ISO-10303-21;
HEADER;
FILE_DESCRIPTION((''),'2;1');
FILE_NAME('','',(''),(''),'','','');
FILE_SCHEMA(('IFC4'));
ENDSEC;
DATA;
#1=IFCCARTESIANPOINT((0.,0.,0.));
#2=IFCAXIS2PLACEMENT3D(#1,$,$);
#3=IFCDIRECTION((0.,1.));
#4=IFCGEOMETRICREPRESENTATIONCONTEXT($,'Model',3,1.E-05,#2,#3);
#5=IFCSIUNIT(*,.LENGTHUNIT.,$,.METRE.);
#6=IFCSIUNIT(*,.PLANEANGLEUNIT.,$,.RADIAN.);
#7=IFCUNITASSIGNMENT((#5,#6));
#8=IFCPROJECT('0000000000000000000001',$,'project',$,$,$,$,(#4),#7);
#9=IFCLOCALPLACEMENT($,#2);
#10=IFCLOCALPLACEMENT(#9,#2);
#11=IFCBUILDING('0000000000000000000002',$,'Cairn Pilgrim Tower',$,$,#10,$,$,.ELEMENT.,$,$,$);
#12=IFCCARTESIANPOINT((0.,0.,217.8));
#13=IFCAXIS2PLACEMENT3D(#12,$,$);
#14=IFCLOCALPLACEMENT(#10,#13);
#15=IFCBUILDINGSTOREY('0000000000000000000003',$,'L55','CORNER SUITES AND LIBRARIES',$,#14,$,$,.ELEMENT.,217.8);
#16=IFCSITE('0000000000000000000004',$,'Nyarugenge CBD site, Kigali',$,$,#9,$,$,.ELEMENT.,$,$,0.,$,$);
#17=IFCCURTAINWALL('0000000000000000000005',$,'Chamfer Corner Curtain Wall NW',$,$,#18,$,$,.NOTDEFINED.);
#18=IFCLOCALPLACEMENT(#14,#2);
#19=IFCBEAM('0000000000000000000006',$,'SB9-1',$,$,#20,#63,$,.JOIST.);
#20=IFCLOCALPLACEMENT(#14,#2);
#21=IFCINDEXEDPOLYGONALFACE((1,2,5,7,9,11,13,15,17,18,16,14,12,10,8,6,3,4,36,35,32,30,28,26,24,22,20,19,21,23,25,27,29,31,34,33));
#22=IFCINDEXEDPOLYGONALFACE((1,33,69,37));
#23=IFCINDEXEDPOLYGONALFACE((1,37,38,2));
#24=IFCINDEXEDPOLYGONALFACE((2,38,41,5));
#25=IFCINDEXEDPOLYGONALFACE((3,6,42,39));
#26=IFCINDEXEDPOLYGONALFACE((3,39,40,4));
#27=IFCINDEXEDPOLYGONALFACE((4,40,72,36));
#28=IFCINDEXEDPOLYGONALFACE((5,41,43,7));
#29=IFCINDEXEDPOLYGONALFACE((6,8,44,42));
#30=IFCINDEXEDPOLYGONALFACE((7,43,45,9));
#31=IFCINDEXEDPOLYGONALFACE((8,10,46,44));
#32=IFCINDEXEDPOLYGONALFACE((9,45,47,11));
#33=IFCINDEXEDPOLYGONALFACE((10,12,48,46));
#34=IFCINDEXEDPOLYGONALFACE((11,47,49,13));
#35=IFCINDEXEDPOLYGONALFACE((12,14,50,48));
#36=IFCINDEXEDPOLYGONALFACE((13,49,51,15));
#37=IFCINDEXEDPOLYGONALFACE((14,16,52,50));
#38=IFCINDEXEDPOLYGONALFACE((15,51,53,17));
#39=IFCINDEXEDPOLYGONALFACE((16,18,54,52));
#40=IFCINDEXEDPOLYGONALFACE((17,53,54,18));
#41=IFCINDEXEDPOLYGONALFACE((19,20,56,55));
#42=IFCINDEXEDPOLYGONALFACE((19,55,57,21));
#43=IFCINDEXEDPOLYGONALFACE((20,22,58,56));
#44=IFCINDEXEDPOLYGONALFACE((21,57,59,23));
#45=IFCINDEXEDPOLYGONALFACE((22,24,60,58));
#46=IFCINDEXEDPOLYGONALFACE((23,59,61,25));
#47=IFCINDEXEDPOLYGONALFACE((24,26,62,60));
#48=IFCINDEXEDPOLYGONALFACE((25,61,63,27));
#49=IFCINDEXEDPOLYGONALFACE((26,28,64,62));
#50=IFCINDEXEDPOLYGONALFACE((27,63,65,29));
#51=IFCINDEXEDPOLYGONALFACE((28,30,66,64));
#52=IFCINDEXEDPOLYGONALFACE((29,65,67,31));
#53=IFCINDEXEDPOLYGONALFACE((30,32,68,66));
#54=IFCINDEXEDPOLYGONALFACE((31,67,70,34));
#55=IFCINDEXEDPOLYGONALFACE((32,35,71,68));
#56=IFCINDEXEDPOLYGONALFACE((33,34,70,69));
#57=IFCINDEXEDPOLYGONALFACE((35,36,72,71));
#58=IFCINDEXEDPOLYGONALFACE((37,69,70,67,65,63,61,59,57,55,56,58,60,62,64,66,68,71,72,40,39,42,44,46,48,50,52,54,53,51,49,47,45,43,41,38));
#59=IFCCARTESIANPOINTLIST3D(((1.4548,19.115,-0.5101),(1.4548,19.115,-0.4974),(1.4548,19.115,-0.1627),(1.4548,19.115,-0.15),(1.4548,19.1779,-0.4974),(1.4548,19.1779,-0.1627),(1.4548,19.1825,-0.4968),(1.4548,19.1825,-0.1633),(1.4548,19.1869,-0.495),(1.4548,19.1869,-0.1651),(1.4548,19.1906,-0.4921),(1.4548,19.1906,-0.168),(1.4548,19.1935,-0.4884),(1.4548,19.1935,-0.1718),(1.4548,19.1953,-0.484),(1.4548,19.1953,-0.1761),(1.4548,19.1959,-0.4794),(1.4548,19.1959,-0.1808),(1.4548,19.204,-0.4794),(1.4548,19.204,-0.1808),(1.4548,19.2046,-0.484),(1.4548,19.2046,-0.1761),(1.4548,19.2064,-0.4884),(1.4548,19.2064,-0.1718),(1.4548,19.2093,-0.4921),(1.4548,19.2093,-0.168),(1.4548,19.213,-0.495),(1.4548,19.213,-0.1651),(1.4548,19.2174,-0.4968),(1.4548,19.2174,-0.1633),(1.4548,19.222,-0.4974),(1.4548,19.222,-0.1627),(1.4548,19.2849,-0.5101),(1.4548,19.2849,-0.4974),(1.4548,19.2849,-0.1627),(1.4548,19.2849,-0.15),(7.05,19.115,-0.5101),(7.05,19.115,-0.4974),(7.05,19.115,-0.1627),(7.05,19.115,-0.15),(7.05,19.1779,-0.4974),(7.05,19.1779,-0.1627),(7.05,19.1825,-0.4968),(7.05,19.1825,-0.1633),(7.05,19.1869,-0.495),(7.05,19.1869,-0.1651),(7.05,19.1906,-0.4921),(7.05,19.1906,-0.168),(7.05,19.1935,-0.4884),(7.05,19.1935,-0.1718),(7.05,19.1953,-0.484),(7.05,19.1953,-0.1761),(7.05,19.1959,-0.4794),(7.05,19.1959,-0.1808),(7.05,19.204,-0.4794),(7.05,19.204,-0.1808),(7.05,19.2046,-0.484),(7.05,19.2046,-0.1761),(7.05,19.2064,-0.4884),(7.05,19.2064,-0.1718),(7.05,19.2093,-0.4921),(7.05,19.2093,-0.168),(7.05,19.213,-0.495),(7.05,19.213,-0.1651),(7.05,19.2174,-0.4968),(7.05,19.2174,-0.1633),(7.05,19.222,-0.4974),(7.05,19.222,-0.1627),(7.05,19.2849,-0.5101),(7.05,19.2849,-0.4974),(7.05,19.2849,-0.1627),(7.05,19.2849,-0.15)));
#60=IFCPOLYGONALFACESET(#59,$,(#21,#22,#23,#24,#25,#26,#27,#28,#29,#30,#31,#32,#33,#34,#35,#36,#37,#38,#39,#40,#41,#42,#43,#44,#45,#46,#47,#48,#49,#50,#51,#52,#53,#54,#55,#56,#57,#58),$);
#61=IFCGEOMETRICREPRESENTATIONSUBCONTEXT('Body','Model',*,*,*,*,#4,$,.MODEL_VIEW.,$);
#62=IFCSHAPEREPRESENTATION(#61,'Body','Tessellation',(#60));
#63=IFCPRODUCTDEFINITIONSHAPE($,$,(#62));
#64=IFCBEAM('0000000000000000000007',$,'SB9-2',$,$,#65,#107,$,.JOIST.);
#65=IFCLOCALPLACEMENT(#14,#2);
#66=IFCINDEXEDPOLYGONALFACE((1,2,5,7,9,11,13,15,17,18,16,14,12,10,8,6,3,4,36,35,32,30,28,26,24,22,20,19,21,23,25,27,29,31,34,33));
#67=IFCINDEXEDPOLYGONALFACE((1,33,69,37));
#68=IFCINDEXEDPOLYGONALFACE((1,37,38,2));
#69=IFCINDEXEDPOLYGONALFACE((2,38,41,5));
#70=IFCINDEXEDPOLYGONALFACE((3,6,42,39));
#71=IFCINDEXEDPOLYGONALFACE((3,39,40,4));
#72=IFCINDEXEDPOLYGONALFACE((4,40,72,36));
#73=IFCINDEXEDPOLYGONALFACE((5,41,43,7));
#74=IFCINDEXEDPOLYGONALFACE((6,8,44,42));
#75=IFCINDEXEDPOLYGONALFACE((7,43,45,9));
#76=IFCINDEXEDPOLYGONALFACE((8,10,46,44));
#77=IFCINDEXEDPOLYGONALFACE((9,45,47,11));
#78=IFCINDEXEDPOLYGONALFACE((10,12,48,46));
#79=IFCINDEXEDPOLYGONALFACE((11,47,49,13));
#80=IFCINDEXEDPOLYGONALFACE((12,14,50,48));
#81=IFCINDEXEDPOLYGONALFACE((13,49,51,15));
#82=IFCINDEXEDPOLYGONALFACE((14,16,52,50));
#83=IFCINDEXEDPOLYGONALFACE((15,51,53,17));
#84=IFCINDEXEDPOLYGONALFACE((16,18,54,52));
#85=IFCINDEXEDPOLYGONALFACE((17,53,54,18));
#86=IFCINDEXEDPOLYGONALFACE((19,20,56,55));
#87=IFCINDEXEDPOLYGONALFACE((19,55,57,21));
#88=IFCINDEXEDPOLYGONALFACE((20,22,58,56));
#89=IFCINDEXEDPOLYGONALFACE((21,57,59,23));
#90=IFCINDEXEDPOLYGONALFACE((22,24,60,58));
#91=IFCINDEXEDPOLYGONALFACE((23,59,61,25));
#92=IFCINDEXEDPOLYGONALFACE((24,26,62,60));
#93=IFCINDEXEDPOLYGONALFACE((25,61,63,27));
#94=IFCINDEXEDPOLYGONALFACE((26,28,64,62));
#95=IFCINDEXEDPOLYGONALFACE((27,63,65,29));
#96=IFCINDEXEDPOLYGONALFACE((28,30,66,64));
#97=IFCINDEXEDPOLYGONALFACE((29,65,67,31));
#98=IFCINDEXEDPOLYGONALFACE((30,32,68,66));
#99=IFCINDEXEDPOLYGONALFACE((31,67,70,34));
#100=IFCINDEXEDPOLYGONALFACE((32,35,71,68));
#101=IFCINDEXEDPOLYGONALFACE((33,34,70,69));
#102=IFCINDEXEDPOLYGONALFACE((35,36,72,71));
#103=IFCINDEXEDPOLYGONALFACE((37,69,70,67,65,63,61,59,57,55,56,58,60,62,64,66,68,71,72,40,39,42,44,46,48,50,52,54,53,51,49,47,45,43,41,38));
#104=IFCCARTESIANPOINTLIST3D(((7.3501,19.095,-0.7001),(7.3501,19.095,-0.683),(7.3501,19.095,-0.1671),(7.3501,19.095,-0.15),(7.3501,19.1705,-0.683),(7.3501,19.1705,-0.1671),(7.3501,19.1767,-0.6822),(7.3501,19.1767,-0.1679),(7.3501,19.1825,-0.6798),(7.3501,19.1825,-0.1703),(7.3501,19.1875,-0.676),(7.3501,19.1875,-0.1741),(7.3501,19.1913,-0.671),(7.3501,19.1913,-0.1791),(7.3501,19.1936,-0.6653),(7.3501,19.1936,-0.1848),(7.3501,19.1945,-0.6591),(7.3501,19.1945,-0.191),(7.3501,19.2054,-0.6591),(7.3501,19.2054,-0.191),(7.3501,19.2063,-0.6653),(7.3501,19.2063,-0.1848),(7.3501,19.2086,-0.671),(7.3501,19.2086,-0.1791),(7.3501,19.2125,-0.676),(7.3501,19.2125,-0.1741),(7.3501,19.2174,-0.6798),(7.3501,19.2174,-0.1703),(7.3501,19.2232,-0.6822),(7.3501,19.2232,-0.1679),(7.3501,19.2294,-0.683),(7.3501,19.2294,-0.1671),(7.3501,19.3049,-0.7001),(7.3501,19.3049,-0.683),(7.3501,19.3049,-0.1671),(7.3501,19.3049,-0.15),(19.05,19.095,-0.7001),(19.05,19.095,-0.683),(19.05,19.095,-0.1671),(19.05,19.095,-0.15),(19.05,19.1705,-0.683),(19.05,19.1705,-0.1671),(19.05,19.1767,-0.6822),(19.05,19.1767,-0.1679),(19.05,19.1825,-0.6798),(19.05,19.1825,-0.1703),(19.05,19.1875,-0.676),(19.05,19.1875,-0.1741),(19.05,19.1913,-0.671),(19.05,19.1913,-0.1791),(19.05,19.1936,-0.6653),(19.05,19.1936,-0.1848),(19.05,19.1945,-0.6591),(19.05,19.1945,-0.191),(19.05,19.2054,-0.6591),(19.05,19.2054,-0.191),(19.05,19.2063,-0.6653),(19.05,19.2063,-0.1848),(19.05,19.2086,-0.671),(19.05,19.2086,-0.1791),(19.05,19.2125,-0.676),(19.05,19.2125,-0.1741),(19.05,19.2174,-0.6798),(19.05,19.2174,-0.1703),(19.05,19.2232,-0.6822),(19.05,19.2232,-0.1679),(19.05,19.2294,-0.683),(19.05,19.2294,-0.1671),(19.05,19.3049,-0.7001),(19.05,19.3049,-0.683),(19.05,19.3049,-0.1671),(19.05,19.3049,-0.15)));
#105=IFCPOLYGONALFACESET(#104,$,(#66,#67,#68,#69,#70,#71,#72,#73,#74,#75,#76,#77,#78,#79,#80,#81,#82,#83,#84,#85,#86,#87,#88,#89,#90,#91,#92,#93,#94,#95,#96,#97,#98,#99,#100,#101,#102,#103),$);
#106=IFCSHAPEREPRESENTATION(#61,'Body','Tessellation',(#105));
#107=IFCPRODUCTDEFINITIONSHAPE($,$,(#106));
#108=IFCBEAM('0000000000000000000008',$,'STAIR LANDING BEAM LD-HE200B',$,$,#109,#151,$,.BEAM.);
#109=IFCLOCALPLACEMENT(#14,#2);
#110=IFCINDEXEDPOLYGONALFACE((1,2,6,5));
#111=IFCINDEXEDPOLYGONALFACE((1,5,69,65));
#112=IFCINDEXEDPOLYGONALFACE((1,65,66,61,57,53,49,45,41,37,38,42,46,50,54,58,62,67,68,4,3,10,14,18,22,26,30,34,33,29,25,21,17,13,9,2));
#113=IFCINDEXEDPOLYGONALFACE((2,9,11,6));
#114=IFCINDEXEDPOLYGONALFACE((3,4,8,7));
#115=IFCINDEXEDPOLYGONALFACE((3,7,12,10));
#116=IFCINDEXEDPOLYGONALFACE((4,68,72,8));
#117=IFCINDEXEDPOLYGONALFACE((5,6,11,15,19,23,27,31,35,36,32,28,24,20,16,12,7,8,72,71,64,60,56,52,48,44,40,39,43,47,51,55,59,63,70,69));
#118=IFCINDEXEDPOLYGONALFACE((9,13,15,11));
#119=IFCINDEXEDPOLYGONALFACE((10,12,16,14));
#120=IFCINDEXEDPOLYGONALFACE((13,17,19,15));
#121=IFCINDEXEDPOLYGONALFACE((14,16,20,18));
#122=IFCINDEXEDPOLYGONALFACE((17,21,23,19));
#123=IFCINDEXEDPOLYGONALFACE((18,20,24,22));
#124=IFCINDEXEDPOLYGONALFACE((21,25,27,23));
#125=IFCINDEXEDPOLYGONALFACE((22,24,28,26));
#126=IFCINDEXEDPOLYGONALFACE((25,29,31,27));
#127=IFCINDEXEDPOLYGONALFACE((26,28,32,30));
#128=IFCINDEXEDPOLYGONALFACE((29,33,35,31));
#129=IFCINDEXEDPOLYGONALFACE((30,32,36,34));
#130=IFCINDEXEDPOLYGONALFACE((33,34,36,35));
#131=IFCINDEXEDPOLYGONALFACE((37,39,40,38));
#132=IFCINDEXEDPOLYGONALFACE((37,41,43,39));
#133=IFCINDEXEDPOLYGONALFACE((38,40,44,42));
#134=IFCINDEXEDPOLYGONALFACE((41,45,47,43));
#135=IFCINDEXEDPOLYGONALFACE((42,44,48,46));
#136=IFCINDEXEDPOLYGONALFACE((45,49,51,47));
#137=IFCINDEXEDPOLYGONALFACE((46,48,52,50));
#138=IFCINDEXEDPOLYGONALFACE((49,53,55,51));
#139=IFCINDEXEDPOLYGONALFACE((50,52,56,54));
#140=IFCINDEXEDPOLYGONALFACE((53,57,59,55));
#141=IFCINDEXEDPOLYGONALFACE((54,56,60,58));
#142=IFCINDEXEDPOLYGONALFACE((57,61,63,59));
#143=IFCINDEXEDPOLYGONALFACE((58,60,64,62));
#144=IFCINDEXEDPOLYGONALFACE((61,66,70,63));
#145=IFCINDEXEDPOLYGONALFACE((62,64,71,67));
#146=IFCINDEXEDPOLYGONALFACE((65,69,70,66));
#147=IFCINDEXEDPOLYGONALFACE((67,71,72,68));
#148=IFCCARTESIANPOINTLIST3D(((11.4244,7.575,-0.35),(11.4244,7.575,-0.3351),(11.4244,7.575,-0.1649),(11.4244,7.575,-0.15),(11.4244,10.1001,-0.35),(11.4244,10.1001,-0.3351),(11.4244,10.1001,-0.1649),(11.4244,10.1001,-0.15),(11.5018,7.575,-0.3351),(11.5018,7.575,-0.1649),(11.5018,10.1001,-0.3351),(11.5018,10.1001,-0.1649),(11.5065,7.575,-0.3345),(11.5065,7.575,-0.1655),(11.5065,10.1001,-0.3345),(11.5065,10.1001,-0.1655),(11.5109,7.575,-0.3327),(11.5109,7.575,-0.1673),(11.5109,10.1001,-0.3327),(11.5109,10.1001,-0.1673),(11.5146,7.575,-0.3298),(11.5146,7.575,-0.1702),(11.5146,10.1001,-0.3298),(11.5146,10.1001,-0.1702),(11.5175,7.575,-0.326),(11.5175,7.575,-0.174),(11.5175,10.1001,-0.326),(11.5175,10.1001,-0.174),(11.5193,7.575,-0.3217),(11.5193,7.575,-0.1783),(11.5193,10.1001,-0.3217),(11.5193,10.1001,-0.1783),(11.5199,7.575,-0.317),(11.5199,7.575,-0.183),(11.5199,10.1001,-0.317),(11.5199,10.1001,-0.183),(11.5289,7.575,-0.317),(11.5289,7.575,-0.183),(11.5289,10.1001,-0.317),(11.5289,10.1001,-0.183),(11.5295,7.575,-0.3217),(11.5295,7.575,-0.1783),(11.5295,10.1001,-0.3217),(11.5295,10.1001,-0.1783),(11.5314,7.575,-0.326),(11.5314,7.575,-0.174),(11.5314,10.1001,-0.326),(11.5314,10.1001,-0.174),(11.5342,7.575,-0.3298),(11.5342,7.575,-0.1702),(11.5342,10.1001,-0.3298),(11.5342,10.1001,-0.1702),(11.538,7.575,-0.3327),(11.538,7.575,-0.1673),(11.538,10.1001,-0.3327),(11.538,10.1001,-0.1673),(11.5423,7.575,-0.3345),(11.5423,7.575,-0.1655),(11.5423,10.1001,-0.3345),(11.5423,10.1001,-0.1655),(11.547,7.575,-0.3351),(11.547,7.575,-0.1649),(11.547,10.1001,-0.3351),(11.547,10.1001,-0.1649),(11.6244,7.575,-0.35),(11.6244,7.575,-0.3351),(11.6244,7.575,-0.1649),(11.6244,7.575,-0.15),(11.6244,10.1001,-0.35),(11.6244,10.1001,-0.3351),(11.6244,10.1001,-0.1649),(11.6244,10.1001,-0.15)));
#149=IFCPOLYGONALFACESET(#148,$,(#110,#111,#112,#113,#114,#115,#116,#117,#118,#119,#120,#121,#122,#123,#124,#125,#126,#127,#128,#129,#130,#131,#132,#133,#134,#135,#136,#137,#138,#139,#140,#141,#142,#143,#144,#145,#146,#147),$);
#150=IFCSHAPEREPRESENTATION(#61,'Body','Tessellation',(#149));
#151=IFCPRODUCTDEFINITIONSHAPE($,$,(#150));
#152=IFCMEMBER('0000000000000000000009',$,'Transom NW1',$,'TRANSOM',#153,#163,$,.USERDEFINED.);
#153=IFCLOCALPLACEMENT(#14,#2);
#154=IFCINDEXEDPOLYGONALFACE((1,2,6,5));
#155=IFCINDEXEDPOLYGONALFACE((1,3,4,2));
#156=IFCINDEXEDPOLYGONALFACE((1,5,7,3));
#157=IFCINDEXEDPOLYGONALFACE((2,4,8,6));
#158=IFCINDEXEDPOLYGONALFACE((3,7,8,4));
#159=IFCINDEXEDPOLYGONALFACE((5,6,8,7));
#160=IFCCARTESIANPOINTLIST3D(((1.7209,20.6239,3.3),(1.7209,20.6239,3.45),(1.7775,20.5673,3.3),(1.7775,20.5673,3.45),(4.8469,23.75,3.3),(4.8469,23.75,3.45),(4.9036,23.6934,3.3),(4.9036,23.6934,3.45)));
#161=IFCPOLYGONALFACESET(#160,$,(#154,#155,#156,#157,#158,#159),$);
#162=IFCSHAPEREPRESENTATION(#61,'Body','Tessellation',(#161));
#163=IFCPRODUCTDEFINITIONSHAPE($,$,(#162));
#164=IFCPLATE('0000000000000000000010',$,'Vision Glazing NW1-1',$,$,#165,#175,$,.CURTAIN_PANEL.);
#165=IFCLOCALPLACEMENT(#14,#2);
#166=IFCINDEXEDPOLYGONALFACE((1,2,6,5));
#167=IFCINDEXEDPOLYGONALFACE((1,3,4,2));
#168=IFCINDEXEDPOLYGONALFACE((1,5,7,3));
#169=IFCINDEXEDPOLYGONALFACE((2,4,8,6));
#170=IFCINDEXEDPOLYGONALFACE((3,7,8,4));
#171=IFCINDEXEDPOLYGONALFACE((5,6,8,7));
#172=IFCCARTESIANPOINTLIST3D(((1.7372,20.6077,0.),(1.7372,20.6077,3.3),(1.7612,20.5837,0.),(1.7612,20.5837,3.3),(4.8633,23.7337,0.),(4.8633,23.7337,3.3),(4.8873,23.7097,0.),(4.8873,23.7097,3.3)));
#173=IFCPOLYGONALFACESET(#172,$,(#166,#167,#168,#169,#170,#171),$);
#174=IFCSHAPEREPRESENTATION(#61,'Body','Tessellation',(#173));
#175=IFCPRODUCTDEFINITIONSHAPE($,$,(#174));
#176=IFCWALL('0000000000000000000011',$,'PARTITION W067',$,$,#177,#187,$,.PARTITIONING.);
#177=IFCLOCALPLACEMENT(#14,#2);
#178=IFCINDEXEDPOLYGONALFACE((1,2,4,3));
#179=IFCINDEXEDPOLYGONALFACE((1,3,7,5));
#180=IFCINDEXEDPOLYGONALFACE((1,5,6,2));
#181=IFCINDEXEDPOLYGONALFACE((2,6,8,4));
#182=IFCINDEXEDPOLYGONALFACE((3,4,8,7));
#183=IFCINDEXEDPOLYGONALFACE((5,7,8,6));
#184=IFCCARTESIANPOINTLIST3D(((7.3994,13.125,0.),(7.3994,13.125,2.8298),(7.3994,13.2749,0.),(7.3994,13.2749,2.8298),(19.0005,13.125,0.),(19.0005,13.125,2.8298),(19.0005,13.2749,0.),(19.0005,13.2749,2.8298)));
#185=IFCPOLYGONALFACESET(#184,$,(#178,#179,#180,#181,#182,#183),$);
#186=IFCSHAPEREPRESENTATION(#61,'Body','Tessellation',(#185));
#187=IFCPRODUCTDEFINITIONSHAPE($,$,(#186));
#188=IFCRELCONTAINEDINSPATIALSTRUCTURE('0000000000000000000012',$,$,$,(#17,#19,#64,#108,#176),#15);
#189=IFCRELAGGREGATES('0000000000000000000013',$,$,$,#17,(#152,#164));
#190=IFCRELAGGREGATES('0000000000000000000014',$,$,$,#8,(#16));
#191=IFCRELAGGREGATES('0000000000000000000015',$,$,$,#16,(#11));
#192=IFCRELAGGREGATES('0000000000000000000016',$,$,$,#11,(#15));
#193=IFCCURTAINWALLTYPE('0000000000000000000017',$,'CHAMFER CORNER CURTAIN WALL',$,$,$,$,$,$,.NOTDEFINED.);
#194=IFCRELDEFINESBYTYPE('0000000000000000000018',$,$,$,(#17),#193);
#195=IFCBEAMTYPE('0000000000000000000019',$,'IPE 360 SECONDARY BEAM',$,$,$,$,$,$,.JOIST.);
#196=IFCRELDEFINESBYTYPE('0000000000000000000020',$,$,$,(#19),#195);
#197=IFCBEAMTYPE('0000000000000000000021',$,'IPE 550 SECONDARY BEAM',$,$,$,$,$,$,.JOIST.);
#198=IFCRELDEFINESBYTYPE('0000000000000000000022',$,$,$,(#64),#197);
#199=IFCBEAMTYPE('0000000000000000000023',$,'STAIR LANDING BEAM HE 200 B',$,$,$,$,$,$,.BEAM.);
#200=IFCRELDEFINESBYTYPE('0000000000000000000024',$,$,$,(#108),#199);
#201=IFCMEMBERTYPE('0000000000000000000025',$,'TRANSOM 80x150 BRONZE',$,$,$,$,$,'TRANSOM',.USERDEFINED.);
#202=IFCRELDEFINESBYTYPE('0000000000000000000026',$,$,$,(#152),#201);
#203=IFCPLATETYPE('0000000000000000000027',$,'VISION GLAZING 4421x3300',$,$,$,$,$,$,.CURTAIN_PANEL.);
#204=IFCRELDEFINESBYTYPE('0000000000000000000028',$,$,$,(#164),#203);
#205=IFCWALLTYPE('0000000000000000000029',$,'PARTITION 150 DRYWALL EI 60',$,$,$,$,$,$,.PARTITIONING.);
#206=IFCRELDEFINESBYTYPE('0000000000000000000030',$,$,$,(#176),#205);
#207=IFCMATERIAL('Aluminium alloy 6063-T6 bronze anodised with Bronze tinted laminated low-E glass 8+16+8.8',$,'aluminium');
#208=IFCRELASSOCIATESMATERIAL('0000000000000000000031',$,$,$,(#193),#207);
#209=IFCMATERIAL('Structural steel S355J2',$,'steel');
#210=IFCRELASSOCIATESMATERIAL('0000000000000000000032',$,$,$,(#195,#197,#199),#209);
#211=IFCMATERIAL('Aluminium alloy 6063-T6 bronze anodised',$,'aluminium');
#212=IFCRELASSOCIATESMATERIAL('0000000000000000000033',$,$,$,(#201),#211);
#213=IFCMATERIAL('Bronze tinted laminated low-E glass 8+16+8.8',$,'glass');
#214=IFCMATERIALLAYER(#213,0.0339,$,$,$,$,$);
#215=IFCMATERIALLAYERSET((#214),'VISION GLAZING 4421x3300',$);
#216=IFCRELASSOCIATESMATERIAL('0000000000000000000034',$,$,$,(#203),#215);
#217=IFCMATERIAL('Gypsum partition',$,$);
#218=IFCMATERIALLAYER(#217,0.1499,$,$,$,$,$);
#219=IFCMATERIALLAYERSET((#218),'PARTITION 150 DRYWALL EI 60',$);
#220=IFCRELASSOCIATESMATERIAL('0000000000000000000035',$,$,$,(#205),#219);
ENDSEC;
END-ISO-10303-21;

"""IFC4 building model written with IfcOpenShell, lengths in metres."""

from ifc_helpers import new_model, si_unit, direction, frame, frame_2d, origin, origin_2d, place, context, subcontext, project, spatial, rectangle, i_section, extrude, material, layer, layer_set, material_profile, profile_set, type_object, element, aggregate, save


model = new_model("IFC4")

# Units and contexts
model_context = context("Model", 3, precision=1e-05, world=origin(), true_north=direction((0.0, 1.0)))
body_context = subcontext(model_context, "Body", "Model", "MODEL_VIEW")
ifc_project = project(units=[si_unit("LENGTHUNIT", "METRE"), si_unit("PLANEANGLEUNIT", "RADIAN")], contexts=[model_context])

# Site, building, storey
site_placement = place(None, origin())
site = spatial("IfcSite", under=ifc_project, at=site_placement, Name="Nyarugenge CBD site, Kigali", CompositionType="ELEMENT", RefElevation=0.0)
building_placement = place(site_placement, origin())
building = spatial("IfcBuilding", under=site, at=building_placement, Name="Cairn Pilgrim Tower", CompositionType="ELEMENT")
storey_placement = place(building_placement, frame((0.0, 0.0, 217.8)))
storey = spatial("IfcBuildingStorey", under=building, at=storey_placement, Name="L55", Description="CORNER SUITES AND LIBRARIES", CompositionType="ELEMENT", Elevation=217.8)

# Shared definitions
ifc_material_1 = material(Name="Structural steel S355J2", Category="steel")

# Shared definitions
ifc_material_2 = material(Name="Aluminium alloy 6063-T6 bronze anodised with Bronze tinted laminated low-E glass 8+16+8.8", Category="aluminium")
ifc_material_3 = material(Name="Aluminium alloy 6063-T6 bronze anodised", Category="aluminium")

# Curtain wall
curtain_wall_type_1 = type_object("IfcCurtainWallType", Name="CHAMFER CORNER CURTAIN WALL", PredefinedType="NOTDEFINED", material=ifc_material_2)
curtain_wall_1_placement = place(storey_placement, origin())
curtain_wall_1 = element("IfcCurtainWall", 1, at=curtain_wall_1_placement, inside=storey, type_object=curtain_wall_type_1, Name="Chamfer Corner Curtain Wall NW", PredefinedType="NOTDEFINED")

# Beams
ifc_material_profile_1 = material_profile(ifc_material_1, i_section(OverallWidth=0.1699, OverallDepth=0.3601, WebThickness=0.0081, FlangeThickness=0.0127, FilletRadius=0.0181, at=origin_2d()), Name="IPE 360")
ifc_profile_set_1 = profile_set([ifc_material_profile_1], Name="Structural steel S355J2")
beam_type_1 = type_object("IfcBeamType", Name="IPE 360 SECONDARY BEAM", PredefinedType="JOIST", material=ifc_profile_set_1)
beam_1_placement = place(storey_placement, frame((1.4548, 19.2, -0.3301), z_axis=(1.0, 0.0, 0.0), x_axis=(0.0, 1.0, 0.0)))
element("IfcBeam", 2, at=beam_1_placement, inside=storey, type_object=beam_type_1, Name="SB9-1", PredefinedType="JOIST", context=body_context, shape_type="SweptSolid", body=[
    extrude(i_section(OverallWidth=0.1699, OverallDepth=0.3601, WebThickness=0.0081, FlangeThickness=0.0127, FilletRadius=0.0181, at=origin_2d()), origin(), (0.0, 0.0, 1.0), 5.5952),
])
ifc_material_profile_2 = material_profile(ifc_material_1, i_section(OverallWidth=0.21, OverallDepth=0.55, WebThickness=0.011, FlangeThickness=0.0171, FilletRadius=0.0239, at=origin_2d()), Name="IPE 550")
ifc_profile_set_2 = profile_set([ifc_material_profile_2], Name="Structural steel S355J2")
beam_type_2 = type_object("IfcBeamType", Name="IPE 550 SECONDARY BEAM", PredefinedType="JOIST", material=ifc_profile_set_2)
beam_2_placement = place(storey_placement, frame((7.3501, 19.2, -0.425), z_axis=(1.0, 0.0, 0.0), x_axis=(0.0, 1.0, 0.0)))
element("IfcBeam", 3, at=beam_2_placement, inside=storey, type_object=beam_type_2, Name="SB9-2", PredefinedType="JOIST", context=body_context, shape_type="SweptSolid", body=[
    extrude(i_section(OverallWidth=0.21, OverallDepth=0.55, WebThickness=0.011, FlangeThickness=0.0171, FilletRadius=0.0239, at=origin_2d()), origin(), (0.0, 0.0, 1.0), 11.7),
])
ifc_material_profile_3 = material_profile(ifc_material_1, i_section(OverallWidth=0.2, OverallDepth=0.2, WebThickness=0.009, FlangeThickness=0.0149, FilletRadius=0.0181, at=origin_2d()), Name="HE 200 B")
ifc_profile_set_3 = profile_set([ifc_material_profile_3], Name="Structural steel S355J2")
beam_type_3 = type_object("IfcBeamType", Name="STAIR LANDING BEAM HE 200 B", PredefinedType="BEAM", material=ifc_profile_set_3)
beam_3_placement = place(storey_placement, frame((11.5244, 10.1001, -0.25), z_axis=(0.0, -1.0, 0.0), x_axis=(1.0, 0.0, 0.0)))
element("IfcBeam", 4, at=beam_3_placement, inside=storey, type_object=beam_type_3, Name="STAIR LANDING BEAM LD-HE200B", PredefinedType="BEAM", context=body_context, shape_type="SweptSolid", body=[
    extrude(i_section(OverallWidth=0.2, OverallDepth=0.2, WebThickness=0.009, FlangeThickness=0.0149, FilletRadius=0.0181, at=origin_2d()), origin(), (0.0, 0.0, 1.0), 2.5251),
])

# Member
ifc_material_profile_4 = material_profile(ifc_material_3, rectangle(XDim=0.0801, YDim=0.1499, at=origin_2d()), Name="TRANSOM 80x150 BRONZE")
ifc_profile_set_4 = profile_set([ifc_material_profile_4], Name="Aluminium alloy 6063-T6 bronze anodised")
member_type_1 = type_object("IfcMemberType", Name="TRANSOM 80x150 BRONZE", ElementType="TRANSOM", PredefinedType="USERDEFINED", material=ifc_profile_set_4)
member_1_placement = place(storey_placement, frame((4.8752, 23.7217, 3.375), z_axis=(-0.707107, -0.707107, 0.0), x_axis=(0.707107, -0.707107, 0.0)))
member_1 = element("IfcMember", 5, at=member_1_placement, type_object=member_type_1, Name="Transom NW1", ObjectType="TRANSOM", PredefinedType="USERDEFINED", context=body_context, shape_type="SweptSolid", body=[
    extrude(rectangle(XDim=0.0801, YDim=0.1499, at=origin_2d()), origin(), (0.0, 0.0, 1.0), 4.4209),
])

# Plate
ifc_material_4 = material(Name="Bronze tinted laminated low-E glass 8+16+8.8", Category="glass")
ifc_layer_1 = layer(ifc_material_4, 0.0339)
ifc_layer_set_1 = layer_set([ifc_layer_1], Name="VISION GLAZING 4421x3300")
plate_type = type_object("IfcPlateType", Name="VISION GLAZING 4421x3300", PredefinedType="CURTAIN_PANEL", material=ifc_layer_set_1)
plate_placement = place(storey_placement, frame((3.3123, 22.1587, 0.0), z_axis=(0.0, 0.0, 1.0), x_axis=(-0.707107, -0.707107, 0.0)))
plate = element("IfcPlate", 6, at=plate_placement, type_object=plate_type, Name="Vision Glazing NW1-1", PredefinedType="CURTAIN_PANEL", context=body_context, shape_type="SweptSolid", body=[
    extrude(rectangle(XDim=4.4209, YDim=0.0339, at=origin_2d()), origin(), (0.0, 0.0, 1.0), 3.3),
])
aggregate(curtain_wall_1, [member_1, plate])

# Wall
ifc_material_5 = material(Name="Gypsum partition")
ifc_layer_2 = layer(ifc_material_5, 0.1499)
ifc_layer_set_2 = layer_set([ifc_layer_2], Name="PARTITION 150 DRYWALL EI 60")
wall_type_1 = type_object("IfcWallType", Name="PARTITION 150 DRYWALL EI 60", PredefinedType="PARTITIONING", material=ifc_layer_set_2)
wall_1_placement = place(storey_placement, frame((7.3994, 13.2, 0.0), z_axis=(0.0, 0.0, 1.0), x_axis=(1.0, 0.0, 0.0)))
element("IfcWall", 7, at=wall_1_placement, inside=storey, type_object=wall_type_1, Name="PARTITION W067", PredefinedType="PARTITIONING", context=body_context, shape_type="SweptSolid", body=[
    extrude(rectangle(XDim=11.6011, YDim=0.1499, at=frame_2d((5.8005, 0.0))), origin(), (0.0, 0.0, 1.0), 2.8298),
])

save(model, "model.ifc")
